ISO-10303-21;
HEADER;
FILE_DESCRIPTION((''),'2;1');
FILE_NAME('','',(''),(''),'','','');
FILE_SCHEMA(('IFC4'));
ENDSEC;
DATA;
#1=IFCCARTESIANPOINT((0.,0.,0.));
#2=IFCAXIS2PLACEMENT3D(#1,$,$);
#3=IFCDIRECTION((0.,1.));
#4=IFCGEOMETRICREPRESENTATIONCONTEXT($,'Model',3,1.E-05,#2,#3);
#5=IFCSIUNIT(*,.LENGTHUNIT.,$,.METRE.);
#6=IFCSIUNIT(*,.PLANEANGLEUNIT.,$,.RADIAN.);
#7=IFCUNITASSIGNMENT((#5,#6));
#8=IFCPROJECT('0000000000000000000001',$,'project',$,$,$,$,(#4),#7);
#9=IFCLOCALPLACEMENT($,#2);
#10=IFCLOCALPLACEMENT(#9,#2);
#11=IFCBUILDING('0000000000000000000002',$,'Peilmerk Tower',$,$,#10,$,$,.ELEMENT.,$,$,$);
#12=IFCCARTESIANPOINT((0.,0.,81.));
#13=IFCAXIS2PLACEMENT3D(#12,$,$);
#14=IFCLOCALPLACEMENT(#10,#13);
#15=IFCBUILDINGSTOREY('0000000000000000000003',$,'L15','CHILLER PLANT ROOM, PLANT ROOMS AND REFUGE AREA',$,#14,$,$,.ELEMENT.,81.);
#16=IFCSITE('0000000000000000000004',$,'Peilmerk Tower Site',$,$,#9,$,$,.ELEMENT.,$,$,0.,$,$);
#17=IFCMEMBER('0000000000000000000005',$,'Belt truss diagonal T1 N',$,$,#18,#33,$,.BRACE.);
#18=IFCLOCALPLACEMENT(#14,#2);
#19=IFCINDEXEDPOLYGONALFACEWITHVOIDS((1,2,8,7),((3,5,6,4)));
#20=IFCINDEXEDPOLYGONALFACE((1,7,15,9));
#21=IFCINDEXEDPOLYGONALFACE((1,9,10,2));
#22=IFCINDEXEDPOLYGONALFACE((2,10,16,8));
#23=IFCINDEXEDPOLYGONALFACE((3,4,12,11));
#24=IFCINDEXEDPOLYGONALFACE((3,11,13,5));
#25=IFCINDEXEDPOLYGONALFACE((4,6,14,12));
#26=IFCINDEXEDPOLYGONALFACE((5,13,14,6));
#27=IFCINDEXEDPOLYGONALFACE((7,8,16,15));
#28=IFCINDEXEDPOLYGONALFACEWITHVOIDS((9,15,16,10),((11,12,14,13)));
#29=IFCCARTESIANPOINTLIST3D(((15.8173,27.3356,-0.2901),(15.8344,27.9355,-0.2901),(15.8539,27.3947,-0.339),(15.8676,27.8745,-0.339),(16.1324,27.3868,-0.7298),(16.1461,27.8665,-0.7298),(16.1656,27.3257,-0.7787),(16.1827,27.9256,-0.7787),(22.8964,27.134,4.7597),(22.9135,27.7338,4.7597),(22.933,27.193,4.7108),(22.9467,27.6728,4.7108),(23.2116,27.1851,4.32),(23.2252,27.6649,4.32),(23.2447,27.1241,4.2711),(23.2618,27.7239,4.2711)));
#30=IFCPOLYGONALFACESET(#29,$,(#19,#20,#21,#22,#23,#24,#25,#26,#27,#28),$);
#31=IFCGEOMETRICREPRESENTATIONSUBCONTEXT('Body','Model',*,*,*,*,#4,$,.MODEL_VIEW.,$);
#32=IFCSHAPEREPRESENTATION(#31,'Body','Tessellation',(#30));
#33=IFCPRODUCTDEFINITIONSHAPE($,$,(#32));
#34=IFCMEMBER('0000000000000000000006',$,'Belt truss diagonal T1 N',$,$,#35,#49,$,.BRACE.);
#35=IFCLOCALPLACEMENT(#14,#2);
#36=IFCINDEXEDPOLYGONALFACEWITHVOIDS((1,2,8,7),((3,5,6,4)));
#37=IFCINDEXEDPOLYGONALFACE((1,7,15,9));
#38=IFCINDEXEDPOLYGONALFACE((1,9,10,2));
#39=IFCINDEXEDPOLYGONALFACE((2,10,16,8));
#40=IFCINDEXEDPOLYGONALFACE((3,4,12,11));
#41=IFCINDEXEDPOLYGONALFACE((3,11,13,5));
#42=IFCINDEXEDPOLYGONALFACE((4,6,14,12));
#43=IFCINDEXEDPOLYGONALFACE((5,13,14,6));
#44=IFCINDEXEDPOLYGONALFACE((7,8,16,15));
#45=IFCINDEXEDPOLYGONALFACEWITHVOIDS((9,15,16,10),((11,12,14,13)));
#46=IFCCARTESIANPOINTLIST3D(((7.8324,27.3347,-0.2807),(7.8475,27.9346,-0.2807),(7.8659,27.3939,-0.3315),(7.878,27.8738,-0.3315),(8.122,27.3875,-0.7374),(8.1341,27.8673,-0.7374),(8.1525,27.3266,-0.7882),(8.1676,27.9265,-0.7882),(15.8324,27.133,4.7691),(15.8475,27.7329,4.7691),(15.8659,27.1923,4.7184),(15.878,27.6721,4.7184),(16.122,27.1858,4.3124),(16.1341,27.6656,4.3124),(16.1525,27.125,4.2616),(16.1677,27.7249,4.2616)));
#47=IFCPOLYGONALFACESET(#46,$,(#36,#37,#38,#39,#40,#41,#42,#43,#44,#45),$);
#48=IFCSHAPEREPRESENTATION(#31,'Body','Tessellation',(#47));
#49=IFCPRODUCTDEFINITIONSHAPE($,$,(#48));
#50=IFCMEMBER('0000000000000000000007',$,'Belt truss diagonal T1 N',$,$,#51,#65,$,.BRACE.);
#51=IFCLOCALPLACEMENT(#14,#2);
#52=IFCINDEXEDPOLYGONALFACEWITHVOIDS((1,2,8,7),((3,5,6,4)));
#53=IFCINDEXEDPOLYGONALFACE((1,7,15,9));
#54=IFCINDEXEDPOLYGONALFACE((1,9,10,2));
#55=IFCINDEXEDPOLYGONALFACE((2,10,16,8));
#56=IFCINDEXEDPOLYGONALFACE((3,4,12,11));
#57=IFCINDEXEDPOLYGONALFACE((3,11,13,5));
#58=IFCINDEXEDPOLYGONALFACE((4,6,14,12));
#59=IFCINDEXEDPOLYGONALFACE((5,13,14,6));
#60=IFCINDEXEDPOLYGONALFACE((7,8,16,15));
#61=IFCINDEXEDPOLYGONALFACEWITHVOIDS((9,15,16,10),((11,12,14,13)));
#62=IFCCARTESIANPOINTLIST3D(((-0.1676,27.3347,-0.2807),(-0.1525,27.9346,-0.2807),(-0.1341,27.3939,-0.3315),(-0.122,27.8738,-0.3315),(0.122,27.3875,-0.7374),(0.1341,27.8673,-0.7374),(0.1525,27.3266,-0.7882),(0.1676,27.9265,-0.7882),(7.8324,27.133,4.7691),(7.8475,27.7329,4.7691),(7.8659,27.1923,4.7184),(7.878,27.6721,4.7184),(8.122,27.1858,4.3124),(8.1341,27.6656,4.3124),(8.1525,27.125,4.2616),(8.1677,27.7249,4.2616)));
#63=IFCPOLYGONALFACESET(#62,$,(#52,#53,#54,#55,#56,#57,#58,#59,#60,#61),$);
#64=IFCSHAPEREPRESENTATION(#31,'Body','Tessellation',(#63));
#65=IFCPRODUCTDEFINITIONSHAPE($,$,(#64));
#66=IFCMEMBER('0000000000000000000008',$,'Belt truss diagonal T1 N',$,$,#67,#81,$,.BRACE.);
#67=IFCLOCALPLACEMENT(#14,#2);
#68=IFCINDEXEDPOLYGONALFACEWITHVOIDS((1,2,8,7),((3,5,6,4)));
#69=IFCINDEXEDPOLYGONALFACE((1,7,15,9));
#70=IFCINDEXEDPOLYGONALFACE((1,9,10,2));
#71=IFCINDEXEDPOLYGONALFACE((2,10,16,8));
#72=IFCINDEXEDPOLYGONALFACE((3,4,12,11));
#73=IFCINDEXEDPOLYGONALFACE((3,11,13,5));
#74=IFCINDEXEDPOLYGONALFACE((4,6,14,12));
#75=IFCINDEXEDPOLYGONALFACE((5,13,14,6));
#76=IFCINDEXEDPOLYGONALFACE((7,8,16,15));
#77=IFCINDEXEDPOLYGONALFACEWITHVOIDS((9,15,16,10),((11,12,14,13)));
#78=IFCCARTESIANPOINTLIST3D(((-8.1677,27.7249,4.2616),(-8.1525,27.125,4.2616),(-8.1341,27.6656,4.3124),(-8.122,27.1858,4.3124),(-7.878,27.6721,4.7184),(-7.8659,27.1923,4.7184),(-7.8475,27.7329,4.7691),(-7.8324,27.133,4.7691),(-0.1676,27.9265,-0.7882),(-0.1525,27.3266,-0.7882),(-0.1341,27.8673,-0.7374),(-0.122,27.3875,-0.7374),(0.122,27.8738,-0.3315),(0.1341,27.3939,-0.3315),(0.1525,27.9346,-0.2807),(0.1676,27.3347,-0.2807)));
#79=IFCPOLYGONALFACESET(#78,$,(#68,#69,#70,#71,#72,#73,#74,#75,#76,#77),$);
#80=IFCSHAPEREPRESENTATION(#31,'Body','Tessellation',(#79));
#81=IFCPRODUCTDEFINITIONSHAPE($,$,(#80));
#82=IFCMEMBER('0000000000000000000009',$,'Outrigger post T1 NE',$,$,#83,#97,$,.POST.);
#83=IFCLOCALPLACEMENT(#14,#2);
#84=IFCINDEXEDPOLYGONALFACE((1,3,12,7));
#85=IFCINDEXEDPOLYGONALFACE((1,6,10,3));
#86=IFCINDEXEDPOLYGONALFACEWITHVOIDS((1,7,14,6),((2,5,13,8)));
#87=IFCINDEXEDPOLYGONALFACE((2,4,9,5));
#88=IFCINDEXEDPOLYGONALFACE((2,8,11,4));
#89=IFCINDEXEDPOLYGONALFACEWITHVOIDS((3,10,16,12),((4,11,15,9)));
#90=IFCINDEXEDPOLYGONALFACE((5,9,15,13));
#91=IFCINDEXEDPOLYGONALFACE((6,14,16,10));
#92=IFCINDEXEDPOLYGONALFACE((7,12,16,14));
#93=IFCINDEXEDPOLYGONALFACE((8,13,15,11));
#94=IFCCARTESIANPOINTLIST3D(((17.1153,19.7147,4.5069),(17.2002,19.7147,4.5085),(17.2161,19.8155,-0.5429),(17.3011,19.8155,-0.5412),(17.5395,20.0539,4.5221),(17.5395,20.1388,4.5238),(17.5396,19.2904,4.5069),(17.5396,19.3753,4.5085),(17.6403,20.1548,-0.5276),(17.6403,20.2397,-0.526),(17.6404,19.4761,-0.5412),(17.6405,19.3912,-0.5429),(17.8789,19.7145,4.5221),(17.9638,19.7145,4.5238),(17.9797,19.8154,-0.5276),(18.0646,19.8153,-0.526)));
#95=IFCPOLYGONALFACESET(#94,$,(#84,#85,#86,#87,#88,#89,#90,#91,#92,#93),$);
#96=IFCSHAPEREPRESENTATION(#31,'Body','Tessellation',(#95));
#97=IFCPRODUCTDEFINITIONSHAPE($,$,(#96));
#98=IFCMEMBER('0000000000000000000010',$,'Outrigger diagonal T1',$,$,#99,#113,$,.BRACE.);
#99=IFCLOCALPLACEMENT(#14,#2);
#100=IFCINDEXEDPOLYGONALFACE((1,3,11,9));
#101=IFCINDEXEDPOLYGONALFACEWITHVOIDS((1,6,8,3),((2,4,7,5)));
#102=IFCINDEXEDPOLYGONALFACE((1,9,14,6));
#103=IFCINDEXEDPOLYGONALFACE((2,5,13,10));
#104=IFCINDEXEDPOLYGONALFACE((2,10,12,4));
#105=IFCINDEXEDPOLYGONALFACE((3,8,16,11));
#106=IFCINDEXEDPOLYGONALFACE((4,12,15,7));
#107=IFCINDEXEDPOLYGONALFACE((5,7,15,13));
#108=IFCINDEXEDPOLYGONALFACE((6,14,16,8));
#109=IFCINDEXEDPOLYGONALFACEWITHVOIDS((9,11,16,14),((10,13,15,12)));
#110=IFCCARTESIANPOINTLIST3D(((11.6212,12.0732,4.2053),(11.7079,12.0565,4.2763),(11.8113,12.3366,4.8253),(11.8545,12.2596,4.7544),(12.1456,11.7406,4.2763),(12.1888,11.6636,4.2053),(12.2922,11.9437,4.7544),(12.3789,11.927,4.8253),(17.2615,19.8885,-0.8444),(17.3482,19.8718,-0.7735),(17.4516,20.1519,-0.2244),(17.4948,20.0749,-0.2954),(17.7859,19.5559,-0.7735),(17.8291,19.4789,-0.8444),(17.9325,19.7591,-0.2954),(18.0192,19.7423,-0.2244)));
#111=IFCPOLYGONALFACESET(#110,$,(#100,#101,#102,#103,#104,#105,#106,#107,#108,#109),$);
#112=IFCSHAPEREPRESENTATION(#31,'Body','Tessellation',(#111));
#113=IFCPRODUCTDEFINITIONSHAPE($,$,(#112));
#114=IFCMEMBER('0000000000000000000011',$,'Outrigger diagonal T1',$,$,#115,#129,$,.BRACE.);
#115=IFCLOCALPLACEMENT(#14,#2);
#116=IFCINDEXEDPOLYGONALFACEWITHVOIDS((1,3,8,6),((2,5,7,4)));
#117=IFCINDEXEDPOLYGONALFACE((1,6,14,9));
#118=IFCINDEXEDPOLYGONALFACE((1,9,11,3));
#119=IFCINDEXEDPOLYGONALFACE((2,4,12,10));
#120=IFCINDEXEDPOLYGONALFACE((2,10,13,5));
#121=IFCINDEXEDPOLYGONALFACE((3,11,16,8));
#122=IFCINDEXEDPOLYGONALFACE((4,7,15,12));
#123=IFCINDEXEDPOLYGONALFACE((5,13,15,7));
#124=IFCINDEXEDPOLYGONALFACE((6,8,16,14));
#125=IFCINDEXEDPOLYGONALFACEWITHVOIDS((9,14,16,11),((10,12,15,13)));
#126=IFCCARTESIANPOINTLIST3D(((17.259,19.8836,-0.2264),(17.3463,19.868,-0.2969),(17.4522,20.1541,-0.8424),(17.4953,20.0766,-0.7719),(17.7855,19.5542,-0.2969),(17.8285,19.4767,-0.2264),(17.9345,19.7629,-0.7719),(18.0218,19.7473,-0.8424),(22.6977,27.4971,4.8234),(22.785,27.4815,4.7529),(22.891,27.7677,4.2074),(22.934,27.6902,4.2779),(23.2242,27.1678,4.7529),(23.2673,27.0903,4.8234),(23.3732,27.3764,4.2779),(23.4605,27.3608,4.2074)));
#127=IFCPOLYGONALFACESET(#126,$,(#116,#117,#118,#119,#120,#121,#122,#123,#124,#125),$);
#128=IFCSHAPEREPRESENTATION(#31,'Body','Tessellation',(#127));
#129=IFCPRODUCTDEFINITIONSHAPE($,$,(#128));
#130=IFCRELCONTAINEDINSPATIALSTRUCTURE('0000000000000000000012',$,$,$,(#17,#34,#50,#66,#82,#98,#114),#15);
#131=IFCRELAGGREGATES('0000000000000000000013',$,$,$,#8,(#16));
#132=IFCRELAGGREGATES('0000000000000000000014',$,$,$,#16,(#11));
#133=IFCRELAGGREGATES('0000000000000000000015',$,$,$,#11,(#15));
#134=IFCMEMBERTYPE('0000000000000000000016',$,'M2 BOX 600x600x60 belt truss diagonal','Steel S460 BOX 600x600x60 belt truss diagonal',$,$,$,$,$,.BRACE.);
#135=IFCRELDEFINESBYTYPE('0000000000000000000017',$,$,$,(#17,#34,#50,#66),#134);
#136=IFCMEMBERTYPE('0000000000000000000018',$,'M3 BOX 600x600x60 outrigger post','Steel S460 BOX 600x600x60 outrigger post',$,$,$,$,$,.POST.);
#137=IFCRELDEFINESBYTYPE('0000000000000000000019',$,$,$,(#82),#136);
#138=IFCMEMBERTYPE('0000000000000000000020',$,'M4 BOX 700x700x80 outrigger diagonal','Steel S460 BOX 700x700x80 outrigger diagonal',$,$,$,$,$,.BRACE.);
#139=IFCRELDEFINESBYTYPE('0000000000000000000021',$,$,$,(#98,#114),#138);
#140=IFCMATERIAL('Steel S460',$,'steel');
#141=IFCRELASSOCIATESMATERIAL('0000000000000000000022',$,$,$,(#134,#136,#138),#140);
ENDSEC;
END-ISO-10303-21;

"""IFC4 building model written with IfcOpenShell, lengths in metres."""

from ifc_helpers import new_model, si_unit, direction, frame, origin, origin_2d, place, context, subcontext, project, spatial, hollow_rectangle, extrude, material, material_profile, profile_set, type_object, element, save


model = new_model("IFC4")

# Units and contexts
model_context = context("Model", 3, precision=1e-05, world=origin(), true_north=direction((0.0, 1.0)))
body_context = subcontext(model_context, "Body", "Model", "MODEL_VIEW")
ifc_project = project(units=[si_unit("LENGTHUNIT", "METRE"), si_unit("PLANEANGLEUNIT", "RADIAN")], contexts=[model_context])

# Site, building, storey
site_placement = place(None, origin())
site = spatial("IfcSite", under=ifc_project, at=site_placement, Name="Peilmerk Tower Site", CompositionType="ELEMENT", RefElevation=0.0)
building_placement = place(site_placement, origin())
building = spatial("IfcBuilding", under=site, at=building_placement, Name="Peilmerk Tower", CompositionType="ELEMENT")
storey_placement = place(building_placement, frame((0.0, 0.0, 81.0)))
storey = spatial("IfcBuildingStorey", under=building, at=storey_placement, Name="L15", Description="CHILLER PLANT ROOM, PLANT ROOMS AND REFUGE AREA", CompositionType="ELEMENT", Elevation=81.0)

# Shared definitions
ifc_material_1 = material(Name="Steel S460", Category="steel")

# Members
ifc_material_profile_1 = material_profile(ifc_material_1, hollow_rectangle(XDim=0.6001, YDim=0.6001, WallThickness=0.0601, at=origin_2d()), Name="BOX 600x600x60")
ifc_profile_set_1 = profile_set([ifc_material_profile_1], Name="Steel S460")
member_type_1 = type_object("IfcMemberType", Name="M2 BOX 600x600x60 belt truss diagonal", Description="Steel S460 BOX 600x600x60 belt truss diagonal", PredefinedType="BRACE", material=ifc_profile_set_1)
member_1_placement = place(storey_placement, frame((16.0, 27.6306, -0.5344), z_axis=(0.813879, -0.023185, 0.580572), x_axis=(0.028475, 0.999595, 0.0)))
element("IfcMember", 1, at=member_1_placement, inside=storey, type_object=member_type_1, Name="Belt truss diagonal T1 N", PredefinedType="BRACE", context=body_context, shape_type="SweptSolid", body=[
    extrude(hollow_rectangle(XDim=0.6001, YDim=0.6001, WallThickness=0.0601, at=origin_2d()), origin(), (0.0, 0.0, 1.0), 8.698),
])
for number, where, z_axis, x_axis, name in (
    (2, (8.0, 27.6306, -0.5344), (0.845432, -0.021311, 0.533658), (0.0252, 0.999682, 0.0), "Belt truss diagonal T1 N"),
    (3, (0.0, 27.6306, -0.5344), (0.845432, -0.021311, 0.533658), (0.0252, 0.999682, 0.0), "Belt truss diagonal T1 N"),
    (4, (0.0, 27.6306, -0.5344), (-0.845432, -0.021311, 0.533658), (0.0252, -0.999682, 0.0), "Belt truss diagonal T1 N"),
):
    element("IfcMember", number, at=place(storey_placement, frame(where, z_axis=z_axis, x_axis=x_axis)), inside=storey, type_object=member_type_1, Name=name, PredefinedType="BRACE", context=body_context, shape_type="SweptSolid", body=[
        extrude(hollow_rectangle(XDim=0.6001, YDim=0.6001, WallThickness=0.0601, at=origin_2d()), origin(), (0.0, 0.0, 1.0), 9.4626),
    ])
ifc_material_profile_2 = material_profile(ifc_material_1, hollow_rectangle(XDim=0.6001, YDim=0.6001, WallThickness=0.0601, at=origin_2d()), Name="BOX 600x600x60")
ifc_profile_set_2 = profile_set([ifc_material_profile_2], Name="Steel S460")
member_type_2 = type_object("IfcMemberType", Name="M3 BOX 600x600x60 outrigger post", Description="Steel S460 BOX 600x600x60 outrigger post", PredefinedType="POST", material=ifc_profile_set_2)
member_2_placement = place(storey_placement, frame((17.6404, 19.8154, -0.5344), z_axis=(-0.019959, -0.019959, 0.999602), x_axis=(0.707107, -0.707107, 0.0)))
element("IfcMember", 5, at=member_2_placement, inside=storey, type_object=member_type_2, Name="Outrigger post T1 NE", PredefinedType="POST", context=body_context, shape_type="SweptSolid", body=[
    extrude(hollow_rectangle(XDim=0.6001, YDim=0.6001, WallThickness=0.0601, at=origin_2d()), origin(), (0.0, 0.0, 1.0), 5.0518),
])
ifc_material_profile_3 = material_profile(ifc_material_1, hollow_rectangle(XDim=0.7, YDim=0.7, WallThickness=0.0801, at=origin_2d()), Name="BOX 700x700x80")
ifc_profile_set_3 = profile_set([ifc_material_profile_3], Name="Steel S460")
member_type_3 = type_object("IfcMemberType", Name="M4 BOX 700x700x80 outrigger diagonal", Description="Steel S460 BOX 700x700x80 outrigger diagonal", PredefinedType="BRACE", material=ifc_profile_set_3)
member_3_placement = place(storey_placement, frame((17.6404, 19.8154, -0.5344), z_axis=(-0.518371, -0.718266, 0.464095), x_axis=(0.810881, -0.585211, 0.0)))
element("IfcMember", 6, at=member_3_placement, inside=storey, type_object=member_type_3, Name="Outrigger diagonal T1", PredefinedType="BRACE", context=body_context, shape_type="SweptSolid", body=[
    extrude(hollow_rectangle(XDim=0.7, YDim=0.7, WallThickness=0.0801, at=origin_2d()), origin(), (0.0, 0.0, 1.0), 10.8809),
])
member_4_placement = place(storey_placement, frame((17.6404, 19.8154, -0.5344), z_axis=(0.511528, 0.716075, 0.474949), x_axis=(-0.813709, 0.581273, 0.0)))
element("IfcMember", 7, at=member_4_placement, inside=storey, type_object=member_type_3, Name="Outrigger diagonal T1", PredefinedType="BRACE", context=body_context, shape_type="SweptSolid", body=[
    extrude(hollow_rectangle(XDim=0.7, YDim=0.7, WallThickness=0.0801, at=origin_2d()), origin(), (0.0, 0.0, 1.0), 10.6323),
])

save(model, "model.ifc")
